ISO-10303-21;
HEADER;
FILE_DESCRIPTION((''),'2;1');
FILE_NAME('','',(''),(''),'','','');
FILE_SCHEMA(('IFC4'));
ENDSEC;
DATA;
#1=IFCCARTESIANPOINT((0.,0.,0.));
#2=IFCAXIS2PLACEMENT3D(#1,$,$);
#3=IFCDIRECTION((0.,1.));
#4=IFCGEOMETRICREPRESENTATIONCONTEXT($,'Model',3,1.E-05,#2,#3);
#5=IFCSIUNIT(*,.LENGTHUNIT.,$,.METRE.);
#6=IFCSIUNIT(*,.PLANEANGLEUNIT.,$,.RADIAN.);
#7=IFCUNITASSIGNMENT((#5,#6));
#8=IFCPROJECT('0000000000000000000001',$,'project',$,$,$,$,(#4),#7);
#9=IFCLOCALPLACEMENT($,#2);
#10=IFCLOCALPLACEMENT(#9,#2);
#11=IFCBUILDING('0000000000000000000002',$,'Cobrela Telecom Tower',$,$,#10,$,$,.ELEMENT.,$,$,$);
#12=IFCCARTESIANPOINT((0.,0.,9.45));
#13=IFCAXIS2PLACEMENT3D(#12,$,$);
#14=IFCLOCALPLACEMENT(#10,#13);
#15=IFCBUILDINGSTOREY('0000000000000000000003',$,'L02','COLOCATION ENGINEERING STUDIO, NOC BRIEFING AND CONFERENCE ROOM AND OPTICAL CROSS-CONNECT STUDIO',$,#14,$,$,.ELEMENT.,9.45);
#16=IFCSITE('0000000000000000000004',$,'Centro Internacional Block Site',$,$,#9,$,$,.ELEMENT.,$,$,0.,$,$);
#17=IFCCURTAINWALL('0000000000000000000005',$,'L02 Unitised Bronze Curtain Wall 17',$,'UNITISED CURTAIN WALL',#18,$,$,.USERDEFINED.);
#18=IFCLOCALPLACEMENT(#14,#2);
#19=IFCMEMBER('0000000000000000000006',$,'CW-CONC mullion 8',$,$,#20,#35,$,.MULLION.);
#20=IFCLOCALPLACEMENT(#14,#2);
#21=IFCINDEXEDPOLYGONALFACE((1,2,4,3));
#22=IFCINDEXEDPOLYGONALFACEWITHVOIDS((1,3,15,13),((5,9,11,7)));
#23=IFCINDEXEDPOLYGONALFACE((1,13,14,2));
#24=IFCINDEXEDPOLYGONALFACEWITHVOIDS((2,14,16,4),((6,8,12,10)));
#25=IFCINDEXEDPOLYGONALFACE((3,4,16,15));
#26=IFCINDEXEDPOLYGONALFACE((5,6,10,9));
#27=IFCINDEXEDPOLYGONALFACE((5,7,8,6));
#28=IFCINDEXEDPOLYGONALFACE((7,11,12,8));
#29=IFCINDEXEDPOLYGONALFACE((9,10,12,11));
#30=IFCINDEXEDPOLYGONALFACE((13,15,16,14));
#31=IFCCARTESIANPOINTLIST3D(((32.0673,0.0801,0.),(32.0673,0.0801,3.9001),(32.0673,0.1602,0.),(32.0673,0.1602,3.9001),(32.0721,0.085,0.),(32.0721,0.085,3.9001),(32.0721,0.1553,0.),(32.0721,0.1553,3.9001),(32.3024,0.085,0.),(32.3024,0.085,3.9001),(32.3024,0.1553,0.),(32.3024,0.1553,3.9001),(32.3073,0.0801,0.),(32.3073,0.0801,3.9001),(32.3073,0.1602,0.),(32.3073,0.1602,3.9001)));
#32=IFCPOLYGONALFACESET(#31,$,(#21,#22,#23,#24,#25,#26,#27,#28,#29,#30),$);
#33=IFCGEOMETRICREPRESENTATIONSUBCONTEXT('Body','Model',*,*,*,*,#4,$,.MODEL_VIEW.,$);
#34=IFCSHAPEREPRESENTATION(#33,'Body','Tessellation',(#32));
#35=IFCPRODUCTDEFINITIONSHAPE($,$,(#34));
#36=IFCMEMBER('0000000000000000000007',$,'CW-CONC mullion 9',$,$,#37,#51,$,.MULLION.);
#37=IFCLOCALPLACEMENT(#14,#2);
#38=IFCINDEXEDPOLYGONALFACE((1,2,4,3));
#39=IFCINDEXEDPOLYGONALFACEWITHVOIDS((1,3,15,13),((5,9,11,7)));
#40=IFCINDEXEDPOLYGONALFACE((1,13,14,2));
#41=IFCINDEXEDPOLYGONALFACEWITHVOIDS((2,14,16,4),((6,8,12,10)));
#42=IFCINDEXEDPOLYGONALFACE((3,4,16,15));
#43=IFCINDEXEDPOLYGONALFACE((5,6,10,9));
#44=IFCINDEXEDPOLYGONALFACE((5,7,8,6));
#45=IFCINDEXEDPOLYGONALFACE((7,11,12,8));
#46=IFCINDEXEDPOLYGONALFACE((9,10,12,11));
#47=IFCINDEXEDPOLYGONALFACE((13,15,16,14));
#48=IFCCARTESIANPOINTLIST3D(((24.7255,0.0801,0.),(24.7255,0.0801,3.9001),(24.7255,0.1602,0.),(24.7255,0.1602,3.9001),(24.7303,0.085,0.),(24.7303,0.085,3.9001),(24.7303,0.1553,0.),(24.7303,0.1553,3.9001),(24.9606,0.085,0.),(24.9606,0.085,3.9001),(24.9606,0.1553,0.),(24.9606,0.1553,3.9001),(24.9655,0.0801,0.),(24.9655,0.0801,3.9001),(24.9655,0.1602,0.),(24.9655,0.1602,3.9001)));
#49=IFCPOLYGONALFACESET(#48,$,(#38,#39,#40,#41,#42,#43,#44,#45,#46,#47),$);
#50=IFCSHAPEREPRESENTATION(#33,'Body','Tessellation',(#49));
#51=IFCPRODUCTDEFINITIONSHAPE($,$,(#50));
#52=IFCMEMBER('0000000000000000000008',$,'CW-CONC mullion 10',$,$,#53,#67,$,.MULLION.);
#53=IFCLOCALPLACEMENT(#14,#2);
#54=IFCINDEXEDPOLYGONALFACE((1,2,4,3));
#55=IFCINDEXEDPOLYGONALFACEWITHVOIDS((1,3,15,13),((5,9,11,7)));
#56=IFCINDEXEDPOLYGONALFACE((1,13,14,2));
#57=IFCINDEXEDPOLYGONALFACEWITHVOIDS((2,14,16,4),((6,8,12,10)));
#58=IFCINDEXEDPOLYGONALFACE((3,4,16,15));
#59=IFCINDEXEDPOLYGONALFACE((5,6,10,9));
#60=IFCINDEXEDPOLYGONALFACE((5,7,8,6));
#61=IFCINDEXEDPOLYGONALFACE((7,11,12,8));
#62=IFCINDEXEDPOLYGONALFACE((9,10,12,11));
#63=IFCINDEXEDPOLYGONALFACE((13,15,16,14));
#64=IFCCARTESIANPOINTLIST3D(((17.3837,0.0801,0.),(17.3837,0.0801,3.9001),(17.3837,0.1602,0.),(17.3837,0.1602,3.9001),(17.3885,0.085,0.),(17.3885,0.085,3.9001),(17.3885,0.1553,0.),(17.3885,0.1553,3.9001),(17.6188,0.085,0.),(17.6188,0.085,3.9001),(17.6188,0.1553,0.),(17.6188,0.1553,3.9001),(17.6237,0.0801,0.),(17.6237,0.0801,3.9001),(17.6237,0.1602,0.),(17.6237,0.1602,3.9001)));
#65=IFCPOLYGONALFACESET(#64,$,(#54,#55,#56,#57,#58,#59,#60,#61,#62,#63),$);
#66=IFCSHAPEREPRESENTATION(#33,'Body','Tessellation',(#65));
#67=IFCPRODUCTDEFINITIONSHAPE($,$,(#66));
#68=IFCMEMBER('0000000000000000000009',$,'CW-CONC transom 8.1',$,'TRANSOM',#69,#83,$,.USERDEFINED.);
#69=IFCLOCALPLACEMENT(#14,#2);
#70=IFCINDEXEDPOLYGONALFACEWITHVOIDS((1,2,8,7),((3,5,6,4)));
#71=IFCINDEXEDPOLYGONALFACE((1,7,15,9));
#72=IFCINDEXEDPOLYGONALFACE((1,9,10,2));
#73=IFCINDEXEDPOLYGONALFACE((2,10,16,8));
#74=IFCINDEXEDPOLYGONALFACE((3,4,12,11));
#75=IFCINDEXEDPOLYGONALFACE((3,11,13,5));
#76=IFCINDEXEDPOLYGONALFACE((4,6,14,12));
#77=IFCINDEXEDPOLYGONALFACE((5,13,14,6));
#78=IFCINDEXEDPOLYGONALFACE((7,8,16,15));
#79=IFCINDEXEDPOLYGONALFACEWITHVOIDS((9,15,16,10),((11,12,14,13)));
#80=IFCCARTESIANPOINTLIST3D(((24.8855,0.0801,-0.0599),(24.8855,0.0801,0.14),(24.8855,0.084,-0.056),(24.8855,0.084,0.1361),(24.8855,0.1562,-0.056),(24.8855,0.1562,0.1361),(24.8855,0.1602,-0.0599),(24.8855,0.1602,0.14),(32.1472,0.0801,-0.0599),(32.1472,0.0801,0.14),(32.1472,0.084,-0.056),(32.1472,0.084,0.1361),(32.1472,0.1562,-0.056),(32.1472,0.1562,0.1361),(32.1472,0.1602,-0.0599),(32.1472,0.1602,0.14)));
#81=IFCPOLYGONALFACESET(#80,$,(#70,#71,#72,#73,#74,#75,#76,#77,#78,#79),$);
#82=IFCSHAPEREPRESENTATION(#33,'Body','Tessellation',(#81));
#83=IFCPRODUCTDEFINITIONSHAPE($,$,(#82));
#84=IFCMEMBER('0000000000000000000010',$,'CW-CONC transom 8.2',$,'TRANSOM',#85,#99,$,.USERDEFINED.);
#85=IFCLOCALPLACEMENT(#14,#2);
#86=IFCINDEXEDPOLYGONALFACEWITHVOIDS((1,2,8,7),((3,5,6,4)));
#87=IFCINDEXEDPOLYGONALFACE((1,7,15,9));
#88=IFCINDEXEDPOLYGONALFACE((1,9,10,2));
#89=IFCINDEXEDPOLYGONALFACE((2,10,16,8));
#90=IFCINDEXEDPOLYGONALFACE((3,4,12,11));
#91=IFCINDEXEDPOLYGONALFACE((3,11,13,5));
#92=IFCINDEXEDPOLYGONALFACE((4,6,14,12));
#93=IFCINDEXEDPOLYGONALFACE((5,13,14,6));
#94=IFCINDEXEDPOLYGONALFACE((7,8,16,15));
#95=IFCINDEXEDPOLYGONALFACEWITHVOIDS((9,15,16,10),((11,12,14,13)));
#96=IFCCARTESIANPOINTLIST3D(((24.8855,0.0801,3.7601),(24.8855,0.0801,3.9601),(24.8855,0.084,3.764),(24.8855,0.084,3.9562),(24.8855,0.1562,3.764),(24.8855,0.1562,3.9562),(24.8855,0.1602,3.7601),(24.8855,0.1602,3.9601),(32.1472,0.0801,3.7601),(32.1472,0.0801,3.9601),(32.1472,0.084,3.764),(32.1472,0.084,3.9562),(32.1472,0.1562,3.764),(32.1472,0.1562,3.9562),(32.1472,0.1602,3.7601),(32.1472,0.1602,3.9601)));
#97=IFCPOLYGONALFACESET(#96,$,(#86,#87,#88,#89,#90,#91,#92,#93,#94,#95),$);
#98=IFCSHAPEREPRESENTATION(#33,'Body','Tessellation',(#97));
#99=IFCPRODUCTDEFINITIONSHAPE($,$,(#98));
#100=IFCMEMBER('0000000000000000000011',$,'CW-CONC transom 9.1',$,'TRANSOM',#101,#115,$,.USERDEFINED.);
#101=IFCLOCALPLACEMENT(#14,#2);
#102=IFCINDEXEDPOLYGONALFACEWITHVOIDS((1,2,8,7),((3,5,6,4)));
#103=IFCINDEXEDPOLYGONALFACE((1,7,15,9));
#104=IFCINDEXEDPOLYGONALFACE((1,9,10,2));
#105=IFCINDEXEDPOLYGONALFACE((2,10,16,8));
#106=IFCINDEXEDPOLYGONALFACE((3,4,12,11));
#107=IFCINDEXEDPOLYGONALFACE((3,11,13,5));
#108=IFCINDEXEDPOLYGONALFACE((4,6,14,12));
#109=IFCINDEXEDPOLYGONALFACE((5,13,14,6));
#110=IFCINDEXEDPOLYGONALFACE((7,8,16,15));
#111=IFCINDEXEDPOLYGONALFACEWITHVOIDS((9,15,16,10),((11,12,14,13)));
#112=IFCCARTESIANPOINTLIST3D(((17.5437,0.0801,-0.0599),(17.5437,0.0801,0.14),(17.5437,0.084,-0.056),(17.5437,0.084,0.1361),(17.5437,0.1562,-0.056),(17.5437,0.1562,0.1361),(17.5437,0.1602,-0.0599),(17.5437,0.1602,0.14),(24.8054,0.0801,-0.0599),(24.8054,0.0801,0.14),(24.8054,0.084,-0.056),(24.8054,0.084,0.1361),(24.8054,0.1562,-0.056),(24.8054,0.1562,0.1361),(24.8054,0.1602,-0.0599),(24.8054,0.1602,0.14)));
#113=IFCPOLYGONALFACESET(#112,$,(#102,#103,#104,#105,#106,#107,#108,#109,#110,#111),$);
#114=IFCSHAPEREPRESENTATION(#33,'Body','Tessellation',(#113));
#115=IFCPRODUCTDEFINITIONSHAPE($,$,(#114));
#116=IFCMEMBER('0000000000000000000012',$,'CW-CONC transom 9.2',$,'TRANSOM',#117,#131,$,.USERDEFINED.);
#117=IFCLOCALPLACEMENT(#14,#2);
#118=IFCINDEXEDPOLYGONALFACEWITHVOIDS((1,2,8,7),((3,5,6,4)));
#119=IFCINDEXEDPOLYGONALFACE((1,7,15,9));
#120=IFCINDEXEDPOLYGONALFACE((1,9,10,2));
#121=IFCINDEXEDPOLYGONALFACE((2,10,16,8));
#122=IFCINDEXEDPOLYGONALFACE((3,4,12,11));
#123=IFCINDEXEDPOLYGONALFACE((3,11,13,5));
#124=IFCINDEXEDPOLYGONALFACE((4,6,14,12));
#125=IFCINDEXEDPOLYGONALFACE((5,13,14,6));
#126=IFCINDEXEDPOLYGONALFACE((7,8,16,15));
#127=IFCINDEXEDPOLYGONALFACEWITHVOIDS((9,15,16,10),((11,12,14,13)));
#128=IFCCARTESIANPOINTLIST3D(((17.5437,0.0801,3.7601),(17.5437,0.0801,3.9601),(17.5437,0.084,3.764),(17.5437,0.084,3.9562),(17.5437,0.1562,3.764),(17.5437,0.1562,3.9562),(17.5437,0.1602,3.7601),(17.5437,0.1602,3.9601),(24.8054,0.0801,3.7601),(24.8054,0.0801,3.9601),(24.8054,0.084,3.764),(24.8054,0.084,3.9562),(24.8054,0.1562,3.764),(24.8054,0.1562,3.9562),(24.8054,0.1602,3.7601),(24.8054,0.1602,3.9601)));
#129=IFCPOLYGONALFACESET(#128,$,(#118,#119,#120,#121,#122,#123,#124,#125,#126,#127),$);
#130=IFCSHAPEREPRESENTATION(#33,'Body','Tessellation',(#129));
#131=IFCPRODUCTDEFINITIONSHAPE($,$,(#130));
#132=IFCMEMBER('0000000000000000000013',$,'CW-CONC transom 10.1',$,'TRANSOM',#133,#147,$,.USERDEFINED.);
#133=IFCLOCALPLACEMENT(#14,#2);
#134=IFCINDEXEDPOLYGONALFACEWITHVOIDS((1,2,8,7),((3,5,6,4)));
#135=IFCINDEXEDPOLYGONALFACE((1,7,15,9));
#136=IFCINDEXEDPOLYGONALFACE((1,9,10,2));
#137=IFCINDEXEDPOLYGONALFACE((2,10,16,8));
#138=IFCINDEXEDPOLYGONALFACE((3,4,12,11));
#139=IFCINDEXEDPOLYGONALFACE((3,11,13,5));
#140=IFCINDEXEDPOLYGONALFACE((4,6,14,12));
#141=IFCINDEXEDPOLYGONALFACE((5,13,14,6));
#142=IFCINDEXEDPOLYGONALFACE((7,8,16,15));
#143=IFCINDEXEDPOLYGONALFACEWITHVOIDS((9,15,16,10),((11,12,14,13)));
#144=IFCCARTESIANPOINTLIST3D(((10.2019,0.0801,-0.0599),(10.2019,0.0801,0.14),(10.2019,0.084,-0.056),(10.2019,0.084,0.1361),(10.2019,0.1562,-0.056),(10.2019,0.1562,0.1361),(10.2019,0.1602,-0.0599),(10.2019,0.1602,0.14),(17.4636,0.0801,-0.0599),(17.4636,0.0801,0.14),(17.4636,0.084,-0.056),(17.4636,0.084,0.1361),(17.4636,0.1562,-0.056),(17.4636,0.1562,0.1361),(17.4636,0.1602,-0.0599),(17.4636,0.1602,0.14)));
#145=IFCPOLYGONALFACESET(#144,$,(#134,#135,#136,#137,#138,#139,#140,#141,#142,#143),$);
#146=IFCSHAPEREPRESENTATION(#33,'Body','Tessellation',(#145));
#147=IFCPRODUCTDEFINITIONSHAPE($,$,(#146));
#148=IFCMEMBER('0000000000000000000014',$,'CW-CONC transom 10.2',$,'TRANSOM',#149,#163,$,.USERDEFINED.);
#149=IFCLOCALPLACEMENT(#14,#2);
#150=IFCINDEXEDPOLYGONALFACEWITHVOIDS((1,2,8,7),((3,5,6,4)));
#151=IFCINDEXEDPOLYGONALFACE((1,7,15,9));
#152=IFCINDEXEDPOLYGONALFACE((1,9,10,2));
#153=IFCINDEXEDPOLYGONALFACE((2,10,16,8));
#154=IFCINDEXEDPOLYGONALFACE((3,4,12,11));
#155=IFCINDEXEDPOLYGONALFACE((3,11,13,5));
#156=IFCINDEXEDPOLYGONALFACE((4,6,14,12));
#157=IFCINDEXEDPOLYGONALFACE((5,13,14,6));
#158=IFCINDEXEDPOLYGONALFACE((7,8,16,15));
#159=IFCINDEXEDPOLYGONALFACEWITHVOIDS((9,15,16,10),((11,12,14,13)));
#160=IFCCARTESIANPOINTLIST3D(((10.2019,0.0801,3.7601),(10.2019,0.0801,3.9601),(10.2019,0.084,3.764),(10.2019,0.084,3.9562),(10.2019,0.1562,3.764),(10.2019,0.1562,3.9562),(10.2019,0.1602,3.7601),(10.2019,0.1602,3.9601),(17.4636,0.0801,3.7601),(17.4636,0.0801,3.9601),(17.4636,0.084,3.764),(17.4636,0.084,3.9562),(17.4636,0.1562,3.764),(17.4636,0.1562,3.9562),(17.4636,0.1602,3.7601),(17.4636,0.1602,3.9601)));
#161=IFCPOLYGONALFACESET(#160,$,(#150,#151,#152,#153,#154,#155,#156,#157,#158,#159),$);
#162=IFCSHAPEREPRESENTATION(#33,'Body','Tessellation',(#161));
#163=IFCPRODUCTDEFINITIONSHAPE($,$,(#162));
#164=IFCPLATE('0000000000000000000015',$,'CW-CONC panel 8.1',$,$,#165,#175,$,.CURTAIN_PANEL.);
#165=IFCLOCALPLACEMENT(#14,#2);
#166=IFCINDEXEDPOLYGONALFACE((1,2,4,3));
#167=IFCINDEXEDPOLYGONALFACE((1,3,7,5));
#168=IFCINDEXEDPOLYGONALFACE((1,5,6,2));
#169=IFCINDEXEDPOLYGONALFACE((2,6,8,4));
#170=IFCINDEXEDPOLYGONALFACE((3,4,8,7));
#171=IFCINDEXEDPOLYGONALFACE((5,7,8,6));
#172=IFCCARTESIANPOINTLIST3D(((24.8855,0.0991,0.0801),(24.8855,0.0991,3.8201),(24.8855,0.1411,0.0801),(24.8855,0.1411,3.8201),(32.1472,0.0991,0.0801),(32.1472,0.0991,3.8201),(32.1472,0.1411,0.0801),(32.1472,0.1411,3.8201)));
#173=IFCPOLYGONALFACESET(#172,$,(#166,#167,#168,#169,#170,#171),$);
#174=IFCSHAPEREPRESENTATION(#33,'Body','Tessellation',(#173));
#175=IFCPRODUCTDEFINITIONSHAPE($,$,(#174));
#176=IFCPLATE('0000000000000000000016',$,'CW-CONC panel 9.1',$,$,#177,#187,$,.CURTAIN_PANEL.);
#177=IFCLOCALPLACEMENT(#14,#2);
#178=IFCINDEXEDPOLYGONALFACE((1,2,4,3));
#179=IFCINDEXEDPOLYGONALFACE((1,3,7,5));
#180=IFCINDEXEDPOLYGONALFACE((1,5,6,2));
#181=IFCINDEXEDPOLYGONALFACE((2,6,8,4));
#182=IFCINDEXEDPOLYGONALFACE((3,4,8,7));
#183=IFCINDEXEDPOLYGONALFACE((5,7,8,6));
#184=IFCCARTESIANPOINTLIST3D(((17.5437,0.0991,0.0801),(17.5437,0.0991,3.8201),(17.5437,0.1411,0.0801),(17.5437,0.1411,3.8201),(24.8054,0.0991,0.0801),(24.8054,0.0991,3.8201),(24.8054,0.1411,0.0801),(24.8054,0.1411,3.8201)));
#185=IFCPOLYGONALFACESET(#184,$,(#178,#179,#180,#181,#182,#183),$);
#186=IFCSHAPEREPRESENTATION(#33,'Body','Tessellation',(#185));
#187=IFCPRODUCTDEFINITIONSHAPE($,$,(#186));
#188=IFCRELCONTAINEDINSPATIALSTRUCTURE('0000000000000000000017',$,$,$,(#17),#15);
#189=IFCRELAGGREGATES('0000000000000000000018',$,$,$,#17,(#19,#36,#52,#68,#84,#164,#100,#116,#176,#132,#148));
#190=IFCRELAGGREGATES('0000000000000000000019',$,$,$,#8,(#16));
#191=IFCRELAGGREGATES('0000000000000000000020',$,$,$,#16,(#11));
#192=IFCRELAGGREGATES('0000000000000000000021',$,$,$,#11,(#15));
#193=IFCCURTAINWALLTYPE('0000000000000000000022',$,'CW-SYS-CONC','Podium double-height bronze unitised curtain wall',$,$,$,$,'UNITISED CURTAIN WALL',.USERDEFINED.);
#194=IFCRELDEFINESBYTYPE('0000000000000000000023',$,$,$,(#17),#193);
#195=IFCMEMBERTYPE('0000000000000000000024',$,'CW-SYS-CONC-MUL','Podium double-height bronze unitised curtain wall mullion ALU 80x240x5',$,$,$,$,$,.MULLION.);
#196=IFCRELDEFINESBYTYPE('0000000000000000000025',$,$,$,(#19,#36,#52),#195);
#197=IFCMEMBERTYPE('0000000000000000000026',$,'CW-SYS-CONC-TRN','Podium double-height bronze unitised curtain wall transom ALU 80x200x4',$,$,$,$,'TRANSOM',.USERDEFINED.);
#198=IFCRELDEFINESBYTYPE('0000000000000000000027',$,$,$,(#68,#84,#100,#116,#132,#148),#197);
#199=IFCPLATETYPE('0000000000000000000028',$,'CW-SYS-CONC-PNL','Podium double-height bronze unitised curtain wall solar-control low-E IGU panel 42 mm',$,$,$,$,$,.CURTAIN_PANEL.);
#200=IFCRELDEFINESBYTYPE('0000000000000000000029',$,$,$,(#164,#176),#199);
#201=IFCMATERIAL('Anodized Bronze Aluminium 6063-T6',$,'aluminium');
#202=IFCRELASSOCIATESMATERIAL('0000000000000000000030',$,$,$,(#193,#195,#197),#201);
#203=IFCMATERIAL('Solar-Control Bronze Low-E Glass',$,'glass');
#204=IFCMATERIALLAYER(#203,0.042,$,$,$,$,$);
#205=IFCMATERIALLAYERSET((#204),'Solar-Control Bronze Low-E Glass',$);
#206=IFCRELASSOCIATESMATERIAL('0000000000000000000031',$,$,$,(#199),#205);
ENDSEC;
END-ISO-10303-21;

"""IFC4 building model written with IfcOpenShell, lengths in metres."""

from ifc_helpers import new_model, si_unit, direction, frame, origin, origin_2d, place, context, subcontext, project, spatial, rectangle, hollow_rectangle, extrude, material, layer, layer_set, material_profile, profile_set, type_object, element, aggregate, save


model = new_model("IFC4")

# Units and contexts
model_context = context("Model", 3, precision=1e-05, world=origin(), true_north=direction((0.0, 1.0)))
body_context = subcontext(model_context, "Body", "Model", "MODEL_VIEW")
ifc_project = project(units=[si_unit("LENGTHUNIT", "METRE"), si_unit("PLANEANGLEUNIT", "RADIAN")], contexts=[model_context])

# Site, building, storey
site_placement = place(None, origin())
site = spatial("IfcSite", under=ifc_project, at=site_placement, Name="Centro Internacional Block Site", CompositionType="ELEMENT", RefElevation=0.0)
building_placement = place(site_placement, origin())
building = spatial("IfcBuilding", under=site, at=building_placement, Name="Cobrela Telecom Tower", CompositionType="ELEMENT")
storey_placement = place(building_placement, frame((0.0, 0.0, 9.45)))
storey = spatial("IfcBuildingStorey", under=building, at=storey_placement, Name="L02", Description="COLOCATION ENGINEERING STUDIO, NOC BRIEFING AND CONFERENCE ROOM AND OPTICAL CROSS-CONNECT STUDIO", CompositionType="ELEMENT", Elevation=9.45)

# Curtain wall, members, plates
ifc_material_1 = material(Name="Anodized Bronze Aluminium 6063-T6", Category="aluminium")
curtain_wall_type = type_object("IfcCurtainWallType", Name="CW-SYS-CONC", Description="Podium double-height bronze unitised curtain wall", ElementType="UNITISED CURTAIN WALL", PredefinedType="USERDEFINED", material=ifc_material_1)
curtain_wall_placement = place(storey_placement, origin())
curtain_wall = element("IfcCurtainWall", 1, at=curtain_wall_placement, inside=storey, type_object=curtain_wall_type, Name="L02 Unitised Bronze Curtain Wall 17", ObjectType="UNITISED CURTAIN WALL", PredefinedType="USERDEFINED")
ifc_material_profile_1 = material_profile(ifc_material_1, hollow_rectangle(XDim=0.0801, YDim=0.24, WallThickness=0.0049, at=origin_2d()), Name="ALU 80x240x5")
ifc_profile_set_1 = profile_set([ifc_material_profile_1], Name="Anodized Bronze Aluminium 6063-T6")
member_type_1 = type_object("IfcMemberType", Name="CW-SYS-CONC-MUL", Description="Podium double-height bronze unitised curtain wall mullion ALU 80x240x5", PredefinedType="MULLION", material=ifc_profile_set_1)
member_1_placement = place(storey_placement, frame((32.1873, 0.1201, 0.0), z_axis=(0.0, 0.0, 1.0), x_axis=(0.0, -1.0, 0.0)))
member_1 = element("IfcMember", 2, at=member_1_placement, type_object=member_type_1, Name="CW-CONC mullion 8", PredefinedType="MULLION", context=body_context, shape_type="SweptSolid", body=[
    extrude(hollow_rectangle(XDim=0.0801, YDim=0.24, WallThickness=0.0049, at=origin_2d()), origin(), (0.0, 0.0, 1.0), 3.9001),
])
member_2_placement = place(storey_placement, frame((24.8455, 0.1201, 0.0), z_axis=(0.0, 0.0, 1.0), x_axis=(0.0, -1.0, 0.0)))
member_2 = element("IfcMember", 3, at=member_2_placement, type_object=member_type_1, Name="CW-CONC mullion 9", PredefinedType="MULLION", context=body_context, shape_type="SweptSolid", body=[
    extrude(hollow_rectangle(XDim=0.0801, YDim=0.24, WallThickness=0.0049, at=origin_2d()), origin(), (0.0, 0.0, 1.0), 3.9001),
])
member_3_placement = place(storey_placement, frame((17.5037, 0.1201, 0.0), z_axis=(0.0, 0.0, 1.0), x_axis=(0.0, -1.0, 0.0)))
member_3 = element("IfcMember", 4, at=member_3_placement, type_object=member_type_1, Name="CW-CONC mullion 10", PredefinedType="MULLION", context=body_context, shape_type="SweptSolid", body=[
    extrude(hollow_rectangle(XDim=0.0801, YDim=0.24, WallThickness=0.0049, at=origin_2d()), origin(), (0.0, 0.0, 1.0), 3.9001),
])
ifc_material_profile_2 = material_profile(ifc_material_1, hollow_rectangle(XDim=0.0801, YDim=0.2, WallThickness=0.0039, at=origin_2d()), Name="ALU 80x200x4")
ifc_profile_set_2 = profile_set([ifc_material_profile_2], Name="Anodized Bronze Aluminium 6063-T6")
member_type_2 = type_object("IfcMemberType", Name="CW-SYS-CONC-TRN", Description="Podium double-height bronze unitised curtain wall transom ALU 80x200x4", ElementType="TRANSOM", PredefinedType="USERDEFINED", material=ifc_profile_set_2)
member_4_placement = place(storey_placement, frame((32.1472, 0.1201, 0.04), z_axis=(-1.0, 0.0, 0.0), x_axis=(0.0, -1.0, 0.0)))
member_4 = element("IfcMember", 5, at=member_4_placement, type_object=member_type_2, Name="CW-CONC transom 8.1", ObjectType="TRANSOM", PredefinedType="USERDEFINED", context=body_context, shape_type="SweptSolid", body=[
    extrude(hollow_rectangle(XDim=0.0801, YDim=0.2, WallThickness=0.0039, at=origin_2d()), origin(), (0.0, 0.0, 1.0), 7.2617),
])
member_5_placement = place(storey_placement, frame((32.1472, 0.1201, 3.8601), z_axis=(-1.0, 0.0, 0.0), x_axis=(0.0, -1.0, 0.0)))
member_5 = element("IfcMember", 6, at=member_5_placement, type_object=member_type_2, Name="CW-CONC transom 8.2", ObjectType="TRANSOM", PredefinedType="USERDEFINED", context=body_context, shape_type="SweptSolid", body=[
    extrude(hollow_rectangle(XDim=0.0801, YDim=0.2, WallThickness=0.0039, at=origin_2d()), origin(), (0.0, 0.0, 1.0), 7.2617),
])
member_6_placement = place(storey_placement, frame((24.8054, 0.1201, 0.04), z_axis=(-1.0, 0.0, 0.0), x_axis=(0.0, -1.0, 0.0)))
member_6 = element("IfcMember", 7, at=member_6_placement, type_object=member_type_2, Name="CW-CONC transom 9.1", ObjectType="TRANSOM", PredefinedType="USERDEFINED", context=body_context, shape_type="SweptSolid", body=[
    extrude(hollow_rectangle(XDim=0.0801, YDim=0.2, WallThickness=0.0039, at=origin_2d()), origin(), (0.0, 0.0, 1.0), 7.2617),
])
member_7_placement = place(storey_placement, frame((24.8054, 0.1201, 3.8601), z_axis=(-1.0, 0.0, 0.0), x_axis=(0.0, -1.0, 0.0)))
member_7 = element("IfcMember", 8, at=member_7_placement, type_object=member_type_2, Name="CW-CONC transom 9.2", ObjectType="TRANSOM", PredefinedType="USERDEFINED", context=body_context, shape_type="SweptSolid", body=[
    extrude(hollow_rectangle(XDim=0.0801, YDim=0.2, WallThickness=0.0039, at=origin_2d()), origin(), (0.0, 0.0, 1.0), 7.2617),
])
member_8_placement = place(storey_placement, frame((17.4636, 0.1201, 0.04), z_axis=(-1.0, 0.0, 0.0), x_axis=(0.0, -1.0, 0.0)))
member_8 = element("IfcMember", 9, at=member_8_placement, type_object=member_type_2, Name="CW-CONC transom 10.1", ObjectType="TRANSOM", PredefinedType="USERDEFINED", context=body_context, shape_type="SweptSolid", body=[
    extrude(hollow_rectangle(XDim=0.0801, YDim=0.2, WallThickness=0.0039, at=origin_2d()), origin(), (0.0, 0.0, 1.0), 7.2617),
])
member_9_placement = place(storey_placement, frame((17.4636, 0.1201, 3.8601), z_axis=(-1.0, 0.0, 0.0), x_axis=(0.0, -1.0, 0.0)))
member_9 = element("IfcMember", 10, at=member_9_placement, type_object=member_type_2, Name="CW-CONC transom 10.2", ObjectType="TRANSOM", PredefinedType="USERDEFINED", context=body_context, shape_type="SweptSolid", body=[
    extrude(hollow_rectangle(XDim=0.0801, YDim=0.2, WallThickness=0.0039, at=origin_2d()), origin(), (0.0, 0.0, 1.0), 7.2617),
])
ifc_material_2 = material(Name="Solar-Control Bronze Low-E Glass", Category="glass")
ifc_layer = layer(ifc_material_2, 0.042)
ifc_layer_set = layer_set([ifc_layer], Name="Solar-Control Bronze Low-E Glass")
plate_type = type_object("IfcPlateType", Name="CW-SYS-CONC-PNL", Description="Podium double-height bronze unitised curtain wall solar-control low-E IGU panel 42 mm", PredefinedType="CURTAIN_PANEL", material=ifc_layer_set)
plate_1_placement = place(storey_placement, frame((28.5164, 0.1201, 0.0801), z_axis=(0.0, 0.0, 1.0), x_axis=(-1.0, 0.0, 0.0)))
plate_1 = element("IfcPlate", 11, at=plate_1_placement, type_object=plate_type, Name="CW-CONC panel 8.1", PredefinedType="CURTAIN_PANEL", context=body_context, shape_type="SweptSolid", body=[
    extrude(rectangle(XDim=7.2617, YDim=0.042, at=origin_2d()), origin(), (0.0, 0.0, 1.0), 3.74),
])
plate_2_placement = place(storey_placement, frame((21.1746, 0.1201, 0.0801), z_axis=(0.0, 0.0, 1.0), x_axis=(-1.0, 0.0, 0.0)))
plate_2 = element("IfcPlate", 12, at=plate_2_placement, type_object=plate_type, Name="CW-CONC panel 9.1", PredefinedType="CURTAIN_PANEL", context=body_context, shape_type="SweptSolid", body=[
    extrude(rectangle(XDim=7.2617, YDim=0.042, at=origin_2d()), origin(), (0.0, 0.0, 1.0), 3.74),
])
aggregate(curtain_wall, [member_1, member_2, member_3, member_4, member_5, plate_1, member_6, member_7, plate_2, member_8, member_9])

save(model, "model.ifc")
